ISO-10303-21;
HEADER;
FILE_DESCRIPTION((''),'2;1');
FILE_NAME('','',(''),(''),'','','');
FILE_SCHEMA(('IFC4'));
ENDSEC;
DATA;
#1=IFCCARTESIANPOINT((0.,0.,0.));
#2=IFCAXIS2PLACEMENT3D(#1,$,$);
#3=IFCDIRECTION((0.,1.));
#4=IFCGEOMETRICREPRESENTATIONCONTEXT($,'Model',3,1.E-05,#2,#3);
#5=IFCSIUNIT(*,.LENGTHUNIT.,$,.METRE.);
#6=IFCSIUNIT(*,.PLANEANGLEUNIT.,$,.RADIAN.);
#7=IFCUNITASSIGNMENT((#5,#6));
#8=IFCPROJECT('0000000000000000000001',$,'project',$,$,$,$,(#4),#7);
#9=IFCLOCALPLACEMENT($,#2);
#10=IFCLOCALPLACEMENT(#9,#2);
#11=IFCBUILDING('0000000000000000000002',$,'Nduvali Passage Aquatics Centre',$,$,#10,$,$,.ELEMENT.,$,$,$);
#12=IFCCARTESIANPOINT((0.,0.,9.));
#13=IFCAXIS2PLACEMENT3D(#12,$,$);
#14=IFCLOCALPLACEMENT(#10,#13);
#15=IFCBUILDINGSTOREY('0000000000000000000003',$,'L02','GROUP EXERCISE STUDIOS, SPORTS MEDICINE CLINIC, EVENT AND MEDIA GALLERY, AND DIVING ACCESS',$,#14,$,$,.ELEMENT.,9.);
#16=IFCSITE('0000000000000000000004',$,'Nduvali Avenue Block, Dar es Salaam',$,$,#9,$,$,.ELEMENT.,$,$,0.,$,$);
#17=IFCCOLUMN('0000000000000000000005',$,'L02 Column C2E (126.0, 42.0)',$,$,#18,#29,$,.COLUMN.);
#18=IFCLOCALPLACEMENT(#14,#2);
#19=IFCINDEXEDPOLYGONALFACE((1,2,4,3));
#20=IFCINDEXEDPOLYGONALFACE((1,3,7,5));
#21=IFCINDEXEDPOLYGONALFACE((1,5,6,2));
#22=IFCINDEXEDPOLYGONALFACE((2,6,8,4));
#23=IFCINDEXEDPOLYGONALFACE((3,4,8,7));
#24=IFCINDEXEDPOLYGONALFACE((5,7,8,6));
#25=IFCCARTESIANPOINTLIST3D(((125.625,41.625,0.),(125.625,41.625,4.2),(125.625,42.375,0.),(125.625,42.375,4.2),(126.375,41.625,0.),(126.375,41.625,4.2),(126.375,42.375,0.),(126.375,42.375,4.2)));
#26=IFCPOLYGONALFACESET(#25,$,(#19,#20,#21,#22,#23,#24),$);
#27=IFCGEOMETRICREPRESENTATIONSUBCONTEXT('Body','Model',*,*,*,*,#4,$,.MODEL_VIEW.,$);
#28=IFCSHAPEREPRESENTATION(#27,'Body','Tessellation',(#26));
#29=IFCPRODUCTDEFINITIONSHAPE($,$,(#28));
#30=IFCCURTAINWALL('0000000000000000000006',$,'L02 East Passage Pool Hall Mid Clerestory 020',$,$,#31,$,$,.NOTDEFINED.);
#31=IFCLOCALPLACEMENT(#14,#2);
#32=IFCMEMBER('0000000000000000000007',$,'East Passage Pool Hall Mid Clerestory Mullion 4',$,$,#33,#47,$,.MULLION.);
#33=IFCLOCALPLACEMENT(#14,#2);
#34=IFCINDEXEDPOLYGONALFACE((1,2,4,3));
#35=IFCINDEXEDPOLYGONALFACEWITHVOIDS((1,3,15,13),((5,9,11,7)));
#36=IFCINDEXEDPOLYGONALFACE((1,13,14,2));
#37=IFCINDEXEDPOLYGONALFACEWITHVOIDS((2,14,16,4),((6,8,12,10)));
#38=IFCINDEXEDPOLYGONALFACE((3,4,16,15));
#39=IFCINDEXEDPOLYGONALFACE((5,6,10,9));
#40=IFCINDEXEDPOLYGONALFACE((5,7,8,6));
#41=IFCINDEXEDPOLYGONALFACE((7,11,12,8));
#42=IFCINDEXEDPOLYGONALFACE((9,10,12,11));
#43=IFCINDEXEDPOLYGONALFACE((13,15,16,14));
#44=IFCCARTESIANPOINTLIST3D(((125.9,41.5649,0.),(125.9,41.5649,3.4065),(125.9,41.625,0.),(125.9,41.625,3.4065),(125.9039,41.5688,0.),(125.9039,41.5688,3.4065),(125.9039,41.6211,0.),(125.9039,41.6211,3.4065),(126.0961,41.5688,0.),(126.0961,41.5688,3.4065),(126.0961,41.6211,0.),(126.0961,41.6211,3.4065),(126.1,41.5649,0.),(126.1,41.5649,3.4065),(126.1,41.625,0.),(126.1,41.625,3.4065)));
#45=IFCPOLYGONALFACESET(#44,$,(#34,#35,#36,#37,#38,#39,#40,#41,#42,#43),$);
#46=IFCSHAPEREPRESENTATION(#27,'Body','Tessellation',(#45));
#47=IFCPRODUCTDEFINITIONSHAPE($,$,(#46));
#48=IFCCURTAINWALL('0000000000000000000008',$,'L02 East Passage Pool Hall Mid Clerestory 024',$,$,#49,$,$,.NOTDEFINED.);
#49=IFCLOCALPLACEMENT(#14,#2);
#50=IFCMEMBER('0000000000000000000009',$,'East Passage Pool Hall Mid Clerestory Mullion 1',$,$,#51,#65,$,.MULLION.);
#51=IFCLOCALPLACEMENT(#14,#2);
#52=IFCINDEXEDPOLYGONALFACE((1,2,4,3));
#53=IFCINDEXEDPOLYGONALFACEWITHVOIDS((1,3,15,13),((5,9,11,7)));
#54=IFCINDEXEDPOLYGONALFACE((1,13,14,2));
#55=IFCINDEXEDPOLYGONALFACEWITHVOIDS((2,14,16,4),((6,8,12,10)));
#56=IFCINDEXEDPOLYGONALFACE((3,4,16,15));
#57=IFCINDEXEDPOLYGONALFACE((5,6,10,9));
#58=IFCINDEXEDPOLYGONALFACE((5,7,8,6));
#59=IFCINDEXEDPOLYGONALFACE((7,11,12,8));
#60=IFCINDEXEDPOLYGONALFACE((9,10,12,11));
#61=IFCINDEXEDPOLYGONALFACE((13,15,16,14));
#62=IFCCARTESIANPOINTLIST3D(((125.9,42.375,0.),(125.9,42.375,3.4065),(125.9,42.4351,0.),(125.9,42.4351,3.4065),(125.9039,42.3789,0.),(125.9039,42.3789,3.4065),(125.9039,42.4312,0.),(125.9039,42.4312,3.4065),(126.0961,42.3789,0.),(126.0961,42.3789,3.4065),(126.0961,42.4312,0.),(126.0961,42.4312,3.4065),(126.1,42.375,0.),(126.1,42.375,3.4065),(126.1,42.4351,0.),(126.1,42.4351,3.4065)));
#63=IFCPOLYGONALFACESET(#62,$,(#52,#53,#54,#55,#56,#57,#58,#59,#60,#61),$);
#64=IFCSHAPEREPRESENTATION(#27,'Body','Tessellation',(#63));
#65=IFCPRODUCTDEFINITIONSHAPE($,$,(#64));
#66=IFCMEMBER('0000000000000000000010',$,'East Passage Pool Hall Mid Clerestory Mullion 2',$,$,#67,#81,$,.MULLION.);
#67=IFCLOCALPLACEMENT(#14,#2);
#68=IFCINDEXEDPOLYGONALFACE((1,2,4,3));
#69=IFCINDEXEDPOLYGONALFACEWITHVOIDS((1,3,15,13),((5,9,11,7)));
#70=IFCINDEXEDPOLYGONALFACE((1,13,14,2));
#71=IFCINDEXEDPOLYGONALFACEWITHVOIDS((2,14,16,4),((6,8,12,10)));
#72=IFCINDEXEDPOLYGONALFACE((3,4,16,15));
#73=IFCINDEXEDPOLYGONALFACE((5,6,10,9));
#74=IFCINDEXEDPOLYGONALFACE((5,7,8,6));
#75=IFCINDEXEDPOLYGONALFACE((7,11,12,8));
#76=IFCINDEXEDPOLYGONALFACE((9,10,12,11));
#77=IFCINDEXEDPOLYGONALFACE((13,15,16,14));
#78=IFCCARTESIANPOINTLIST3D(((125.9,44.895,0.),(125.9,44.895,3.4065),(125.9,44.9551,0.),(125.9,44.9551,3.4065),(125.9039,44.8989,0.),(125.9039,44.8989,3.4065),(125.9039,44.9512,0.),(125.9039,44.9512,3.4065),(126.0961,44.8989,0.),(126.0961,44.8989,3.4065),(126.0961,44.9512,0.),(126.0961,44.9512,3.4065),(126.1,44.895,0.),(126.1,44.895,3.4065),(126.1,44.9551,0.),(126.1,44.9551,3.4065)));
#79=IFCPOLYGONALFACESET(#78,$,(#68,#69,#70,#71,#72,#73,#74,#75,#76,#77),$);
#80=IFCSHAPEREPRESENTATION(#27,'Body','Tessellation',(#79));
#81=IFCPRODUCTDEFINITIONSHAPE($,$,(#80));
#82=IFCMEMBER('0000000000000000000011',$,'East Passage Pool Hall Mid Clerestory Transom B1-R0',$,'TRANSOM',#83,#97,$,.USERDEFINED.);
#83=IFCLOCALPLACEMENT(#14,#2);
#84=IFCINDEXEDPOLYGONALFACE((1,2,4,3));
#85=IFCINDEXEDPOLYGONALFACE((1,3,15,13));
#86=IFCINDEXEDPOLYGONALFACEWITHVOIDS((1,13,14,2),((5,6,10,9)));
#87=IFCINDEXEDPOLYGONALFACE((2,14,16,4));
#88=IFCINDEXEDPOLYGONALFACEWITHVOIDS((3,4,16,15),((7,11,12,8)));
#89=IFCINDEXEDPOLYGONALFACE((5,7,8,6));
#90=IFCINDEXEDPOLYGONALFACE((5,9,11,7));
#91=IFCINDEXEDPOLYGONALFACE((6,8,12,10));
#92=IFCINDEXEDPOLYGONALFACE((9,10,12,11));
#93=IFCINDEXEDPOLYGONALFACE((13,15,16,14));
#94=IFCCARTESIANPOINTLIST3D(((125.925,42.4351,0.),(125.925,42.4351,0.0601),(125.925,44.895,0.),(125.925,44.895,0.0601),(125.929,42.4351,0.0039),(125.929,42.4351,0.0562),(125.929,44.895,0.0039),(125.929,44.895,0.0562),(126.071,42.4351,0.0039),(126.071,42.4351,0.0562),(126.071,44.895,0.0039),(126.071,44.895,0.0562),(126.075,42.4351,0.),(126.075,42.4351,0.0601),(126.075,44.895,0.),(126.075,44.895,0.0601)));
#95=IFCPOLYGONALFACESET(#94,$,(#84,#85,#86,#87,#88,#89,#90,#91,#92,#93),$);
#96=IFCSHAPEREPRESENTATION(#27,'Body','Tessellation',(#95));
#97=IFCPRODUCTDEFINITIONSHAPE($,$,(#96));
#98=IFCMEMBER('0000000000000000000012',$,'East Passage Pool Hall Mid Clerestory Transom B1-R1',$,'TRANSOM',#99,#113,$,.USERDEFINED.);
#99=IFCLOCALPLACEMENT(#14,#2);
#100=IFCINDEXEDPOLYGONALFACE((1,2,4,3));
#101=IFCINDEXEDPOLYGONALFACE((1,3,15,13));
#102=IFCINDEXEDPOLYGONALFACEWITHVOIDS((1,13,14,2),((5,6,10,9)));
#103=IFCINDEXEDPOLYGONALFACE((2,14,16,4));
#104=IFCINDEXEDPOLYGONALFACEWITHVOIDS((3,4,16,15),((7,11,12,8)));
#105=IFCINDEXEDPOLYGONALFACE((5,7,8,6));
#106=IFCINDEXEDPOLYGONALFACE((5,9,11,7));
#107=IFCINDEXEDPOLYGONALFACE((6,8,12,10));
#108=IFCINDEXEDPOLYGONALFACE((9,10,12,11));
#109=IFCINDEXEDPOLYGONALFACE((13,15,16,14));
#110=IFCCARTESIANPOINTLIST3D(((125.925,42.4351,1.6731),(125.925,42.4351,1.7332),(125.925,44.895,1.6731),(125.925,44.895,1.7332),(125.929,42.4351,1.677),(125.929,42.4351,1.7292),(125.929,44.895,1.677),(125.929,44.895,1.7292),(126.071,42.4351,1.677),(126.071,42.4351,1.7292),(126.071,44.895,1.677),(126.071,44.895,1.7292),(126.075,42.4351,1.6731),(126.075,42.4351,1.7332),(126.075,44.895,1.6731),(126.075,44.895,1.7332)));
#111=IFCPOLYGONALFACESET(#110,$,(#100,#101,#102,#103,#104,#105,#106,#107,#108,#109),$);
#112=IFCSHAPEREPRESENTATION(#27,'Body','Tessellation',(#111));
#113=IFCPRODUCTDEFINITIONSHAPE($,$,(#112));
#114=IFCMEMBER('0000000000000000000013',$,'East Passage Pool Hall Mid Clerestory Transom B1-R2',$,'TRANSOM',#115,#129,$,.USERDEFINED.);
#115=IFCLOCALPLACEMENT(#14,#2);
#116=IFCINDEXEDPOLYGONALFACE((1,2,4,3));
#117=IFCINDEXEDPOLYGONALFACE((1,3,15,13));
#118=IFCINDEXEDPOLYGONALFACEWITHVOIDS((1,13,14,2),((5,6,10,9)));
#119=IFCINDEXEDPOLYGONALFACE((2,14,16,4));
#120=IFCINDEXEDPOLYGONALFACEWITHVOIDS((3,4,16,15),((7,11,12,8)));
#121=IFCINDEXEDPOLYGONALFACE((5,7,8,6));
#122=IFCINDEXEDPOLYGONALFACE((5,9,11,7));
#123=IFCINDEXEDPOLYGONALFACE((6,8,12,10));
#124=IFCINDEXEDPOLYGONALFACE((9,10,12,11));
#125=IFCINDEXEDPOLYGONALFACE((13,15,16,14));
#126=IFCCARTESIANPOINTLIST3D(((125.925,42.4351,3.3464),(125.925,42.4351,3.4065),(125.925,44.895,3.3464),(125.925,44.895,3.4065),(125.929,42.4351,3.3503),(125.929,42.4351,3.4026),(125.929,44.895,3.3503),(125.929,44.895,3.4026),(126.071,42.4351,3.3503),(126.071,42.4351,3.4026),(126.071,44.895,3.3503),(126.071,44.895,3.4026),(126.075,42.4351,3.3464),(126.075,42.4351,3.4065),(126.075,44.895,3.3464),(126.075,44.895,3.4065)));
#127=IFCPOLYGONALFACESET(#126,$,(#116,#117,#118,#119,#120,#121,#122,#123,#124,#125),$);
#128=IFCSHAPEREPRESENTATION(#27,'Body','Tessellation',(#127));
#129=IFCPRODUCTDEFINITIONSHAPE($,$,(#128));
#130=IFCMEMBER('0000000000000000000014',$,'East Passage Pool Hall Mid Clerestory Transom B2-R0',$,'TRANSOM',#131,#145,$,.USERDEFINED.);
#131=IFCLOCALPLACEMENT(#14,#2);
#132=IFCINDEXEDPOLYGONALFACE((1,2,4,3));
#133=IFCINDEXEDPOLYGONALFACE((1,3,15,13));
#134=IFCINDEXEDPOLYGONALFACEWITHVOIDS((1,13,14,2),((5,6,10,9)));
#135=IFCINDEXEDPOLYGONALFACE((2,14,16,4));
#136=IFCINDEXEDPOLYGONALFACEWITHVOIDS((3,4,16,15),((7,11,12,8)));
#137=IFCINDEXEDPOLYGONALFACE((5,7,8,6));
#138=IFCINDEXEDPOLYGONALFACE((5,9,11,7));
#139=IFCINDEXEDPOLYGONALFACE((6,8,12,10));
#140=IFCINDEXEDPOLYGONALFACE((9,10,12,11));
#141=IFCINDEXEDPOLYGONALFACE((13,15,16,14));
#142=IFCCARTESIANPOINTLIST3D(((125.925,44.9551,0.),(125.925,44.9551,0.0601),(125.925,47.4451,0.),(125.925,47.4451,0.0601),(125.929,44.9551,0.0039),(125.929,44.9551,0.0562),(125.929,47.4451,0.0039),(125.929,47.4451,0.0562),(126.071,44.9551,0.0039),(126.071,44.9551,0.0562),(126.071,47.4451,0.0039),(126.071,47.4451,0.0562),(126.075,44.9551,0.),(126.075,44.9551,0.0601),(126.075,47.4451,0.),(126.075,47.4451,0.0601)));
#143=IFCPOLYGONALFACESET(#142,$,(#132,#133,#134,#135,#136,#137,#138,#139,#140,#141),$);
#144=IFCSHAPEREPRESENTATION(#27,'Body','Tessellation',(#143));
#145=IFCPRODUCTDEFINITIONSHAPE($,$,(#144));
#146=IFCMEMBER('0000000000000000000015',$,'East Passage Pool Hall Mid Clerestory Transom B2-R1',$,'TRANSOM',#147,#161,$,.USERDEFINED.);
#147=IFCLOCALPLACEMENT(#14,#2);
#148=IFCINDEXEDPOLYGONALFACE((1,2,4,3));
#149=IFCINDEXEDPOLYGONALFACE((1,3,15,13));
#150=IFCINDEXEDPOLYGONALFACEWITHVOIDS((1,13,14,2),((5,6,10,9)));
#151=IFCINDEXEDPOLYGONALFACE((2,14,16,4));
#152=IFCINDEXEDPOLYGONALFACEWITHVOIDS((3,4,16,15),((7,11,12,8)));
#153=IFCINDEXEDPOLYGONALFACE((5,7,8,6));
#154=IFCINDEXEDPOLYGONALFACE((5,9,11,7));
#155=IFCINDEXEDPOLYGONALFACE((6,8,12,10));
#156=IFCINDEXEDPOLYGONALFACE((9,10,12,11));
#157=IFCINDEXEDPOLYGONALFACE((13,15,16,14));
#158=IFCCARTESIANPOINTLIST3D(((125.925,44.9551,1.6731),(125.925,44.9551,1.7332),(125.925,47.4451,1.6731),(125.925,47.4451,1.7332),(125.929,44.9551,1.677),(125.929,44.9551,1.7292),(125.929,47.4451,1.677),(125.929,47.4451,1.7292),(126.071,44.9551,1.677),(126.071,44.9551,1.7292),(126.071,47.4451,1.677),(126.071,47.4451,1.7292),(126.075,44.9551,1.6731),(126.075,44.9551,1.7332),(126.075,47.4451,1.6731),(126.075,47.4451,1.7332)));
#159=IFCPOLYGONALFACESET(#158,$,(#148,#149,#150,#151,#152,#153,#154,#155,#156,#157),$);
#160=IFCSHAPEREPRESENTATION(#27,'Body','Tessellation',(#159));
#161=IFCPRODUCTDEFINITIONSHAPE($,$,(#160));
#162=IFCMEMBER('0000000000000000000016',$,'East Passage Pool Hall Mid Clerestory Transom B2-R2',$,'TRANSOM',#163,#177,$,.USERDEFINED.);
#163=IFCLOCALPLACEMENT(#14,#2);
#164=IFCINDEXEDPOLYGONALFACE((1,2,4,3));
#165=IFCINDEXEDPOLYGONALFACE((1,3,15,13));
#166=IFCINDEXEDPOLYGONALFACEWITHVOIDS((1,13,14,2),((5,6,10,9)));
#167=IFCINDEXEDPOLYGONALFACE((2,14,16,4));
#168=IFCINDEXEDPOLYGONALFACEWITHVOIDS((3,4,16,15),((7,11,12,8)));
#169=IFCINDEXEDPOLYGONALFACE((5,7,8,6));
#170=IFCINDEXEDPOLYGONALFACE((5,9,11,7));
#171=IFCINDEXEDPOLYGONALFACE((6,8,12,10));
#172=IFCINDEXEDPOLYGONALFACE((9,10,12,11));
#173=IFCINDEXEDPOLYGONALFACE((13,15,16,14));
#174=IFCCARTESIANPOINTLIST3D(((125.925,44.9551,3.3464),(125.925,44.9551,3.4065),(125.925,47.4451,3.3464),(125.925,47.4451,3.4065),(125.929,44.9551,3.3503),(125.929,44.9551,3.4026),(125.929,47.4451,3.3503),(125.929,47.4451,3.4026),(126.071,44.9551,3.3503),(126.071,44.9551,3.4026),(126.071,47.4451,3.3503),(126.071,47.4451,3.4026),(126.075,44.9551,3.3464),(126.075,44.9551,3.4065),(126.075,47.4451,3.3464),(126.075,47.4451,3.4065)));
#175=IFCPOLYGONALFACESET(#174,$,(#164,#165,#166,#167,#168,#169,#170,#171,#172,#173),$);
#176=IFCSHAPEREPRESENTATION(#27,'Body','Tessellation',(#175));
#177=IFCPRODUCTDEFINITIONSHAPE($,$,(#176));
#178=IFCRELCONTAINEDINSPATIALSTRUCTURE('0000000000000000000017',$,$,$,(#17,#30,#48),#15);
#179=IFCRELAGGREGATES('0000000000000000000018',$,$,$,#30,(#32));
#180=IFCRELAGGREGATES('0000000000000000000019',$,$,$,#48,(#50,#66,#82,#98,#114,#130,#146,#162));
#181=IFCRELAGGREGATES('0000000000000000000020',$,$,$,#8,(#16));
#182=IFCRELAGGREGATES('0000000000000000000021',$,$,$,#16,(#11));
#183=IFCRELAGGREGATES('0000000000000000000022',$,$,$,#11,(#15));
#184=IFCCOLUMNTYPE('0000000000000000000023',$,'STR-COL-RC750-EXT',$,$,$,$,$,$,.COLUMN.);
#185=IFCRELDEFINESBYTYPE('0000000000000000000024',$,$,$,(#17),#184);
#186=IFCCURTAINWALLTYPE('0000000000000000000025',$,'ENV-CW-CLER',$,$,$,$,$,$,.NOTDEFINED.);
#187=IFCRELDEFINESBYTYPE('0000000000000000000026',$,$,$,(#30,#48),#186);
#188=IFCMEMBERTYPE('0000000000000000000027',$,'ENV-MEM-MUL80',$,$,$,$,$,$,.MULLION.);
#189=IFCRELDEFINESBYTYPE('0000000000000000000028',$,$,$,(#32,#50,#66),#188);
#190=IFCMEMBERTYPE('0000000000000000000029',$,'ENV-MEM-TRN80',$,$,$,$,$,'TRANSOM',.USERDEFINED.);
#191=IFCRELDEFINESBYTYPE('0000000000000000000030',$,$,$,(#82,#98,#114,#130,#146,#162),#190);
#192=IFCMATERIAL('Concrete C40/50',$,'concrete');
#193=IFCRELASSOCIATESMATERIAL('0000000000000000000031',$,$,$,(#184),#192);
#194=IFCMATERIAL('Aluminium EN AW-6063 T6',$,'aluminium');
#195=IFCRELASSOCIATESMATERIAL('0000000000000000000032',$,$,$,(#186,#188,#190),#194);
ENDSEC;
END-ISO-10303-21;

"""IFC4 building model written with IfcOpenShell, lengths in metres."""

from ifc_helpers import new_model, si_unit, direction, frame, origin, origin_2d, place, context, subcontext, project, spatial, rectangle, hollow_rectangle, extrude, material, material_profile, profile_set, type_object, element, aggregate, save


model = new_model("IFC4")

# Units and contexts
model_context = context("Model", 3, precision=1e-05, world=origin(), true_north=direction((0.0, 1.0)))
body_context = subcontext(model_context, "Body", "Model", "MODEL_VIEW")
ifc_project = project(units=[si_unit("LENGTHUNIT", "METRE"), si_unit("PLANEANGLEUNIT", "RADIAN")], contexts=[model_context])

# Site, building, storey
site_placement = place(None, origin())
site = spatial("IfcSite", under=ifc_project, at=site_placement, Name="Nduvali Avenue Block, Dar es Salaam", CompositionType="ELEMENT", RefElevation=0.0)
building_placement = place(site_placement, origin())
building = spatial("IfcBuilding", under=site, at=building_placement, Name="Nduvali Passage Aquatics Centre", CompositionType="ELEMENT")
storey_placement = place(building_placement, frame((0.0, 0.0, 9.0)))
storey = spatial("IfcBuildingStorey", under=building, at=storey_placement, Name="L02", Description="GROUP EXERCISE STUDIOS, SPORTS MEDICINE CLINIC, EVENT AND MEDIA GALLERY, AND DIVING ACCESS", CompositionType="ELEMENT", Elevation=9.0)

# Column
ifc_material_1 = material(Name="Concrete C40/50", Category="concrete")
ifc_material_profile_1 = material_profile(ifc_material_1, rectangle(XDim=0.75, YDim=0.75, at=origin_2d()), Name="RC 750x750")
ifc_profile_set_1 = profile_set([ifc_material_profile_1], Name="Concrete C40/50")
column_type = type_object("IfcColumnType", Name="STR-COL-RC750-EXT", PredefinedType="COLUMN", material=ifc_profile_set_1)
column_placement = place(storey_placement, frame((126.0, 42.0, 0.0), z_axis=(0.0, 0.0, 1.0), x_axis=(1.0, 0.0, 0.0)))
element("IfcColumn", 1, at=column_placement, inside=storey, type_object=column_type, Name="L02 Column C2E (126.0, 42.0)", PredefinedType="COLUMN", context=body_context, shape_type="SweptSolid", body=[
    extrude(rectangle(XDim=0.75, YDim=0.75, at=origin_2d()), origin(), (0.0, 0.0, 1.0), 4.2),
])

# Curtain wall, member
ifc_material_2 = material(Name="Aluminium EN AW-6063 T6", Category="aluminium")
curtain_wall_type = type_object("IfcCurtainWallType", Name="ENV-CW-CLER", PredefinedType="NOTDEFINED", material=ifc_material_2)
curtain_wall_1_placement = place(storey_placement, origin())
curtain_wall_1 = element("IfcCurtainWall", 2, at=curtain_wall_1_placement, inside=storey, type_object=curtain_wall_type, Name="L02 East Passage Pool Hall Mid Clerestory 020", PredefinedType="NOTDEFINED")
ifc_material_profile_2 = material_profile(ifc_material_2, hollow_rectangle(XDim=0.0601, YDim=0.2, WallThickness=0.0039, at=origin_2d()), Name="ALU MULLION 60x200x4")
ifc_profile_set_2 = profile_set([ifc_material_profile_2], Name="Aluminium EN AW-6063 T6")
member_type_1 = type_object("IfcMemberType", Name="ENV-MEM-MUL80", PredefinedType="MULLION", material=ifc_profile_set_2)
member_1_placement = place(storey_placement, frame((126.0, 41.595, 0.0), z_axis=(0.0, 0.0, 1.0), x_axis=(0.0, 1.0, 0.0)))
member_1 = element("IfcMember", 3, at=member_1_placement, type_object=member_type_1, Name="East Passage Pool Hall Mid Clerestory Mullion 4", PredefinedType="MULLION", context=body_context, shape_type="SweptSolid", body=[
    extrude(hollow_rectangle(XDim=0.0601, YDim=0.2, WallThickness=0.0039, at=origin_2d()), origin(), (0.0, 0.0, 1.0), 3.4065),
])

# Curtain wall, members
curtain_wall_2_placement = place(storey_placement, origin())
curtain_wall_2 = element("IfcCurtainWall", 4, at=curtain_wall_2_placement, inside=storey, type_object=curtain_wall_type, Name="L02 East Passage Pool Hall Mid Clerestory 024", PredefinedType="NOTDEFINED")
member_2_placement = place(storey_placement, frame((126.0, 42.405, 0.0), z_axis=(0.0, 0.0, 1.0), x_axis=(0.0, 1.0, 0.0)))
member_2 = element("IfcMember", 5, at=member_2_placement, type_object=member_type_1, Name="East Passage Pool Hall Mid Clerestory Mullion 1", PredefinedType="MULLION", context=body_context, shape_type="SweptSolid", body=[
    extrude(hollow_rectangle(XDim=0.0601, YDim=0.2, WallThickness=0.0039, at=origin_2d()), origin(), (0.0, 0.0, 1.0), 3.4065),
])
member_3_placement = place(storey_placement, frame((126.0, 44.925, 0.0), z_axis=(0.0, 0.0, 1.0), x_axis=(0.0, 1.0, 0.0)))
member_3 = element("IfcMember", 6, at=member_3_placement, type_object=member_type_1, Name="East Passage Pool Hall Mid Clerestory Mullion 2", PredefinedType="MULLION", context=body_context, shape_type="SweptSolid", body=[
    extrude(hollow_rectangle(XDim=0.0601, YDim=0.2, WallThickness=0.0039, at=origin_2d()), origin(), (0.0, 0.0, 1.0), 3.4065),
])
ifc_material_profile_3 = material_profile(ifc_material_2, hollow_rectangle(XDim=0.1499, YDim=0.0601, WallThickness=0.0039, at=origin_2d()), Name="ALU TRANSOM 150x60x4")
ifc_profile_set_3 = profile_set([ifc_material_profile_3], Name="Aluminium EN AW-6063 T6")
member_type_2 = type_object("IfcMemberType", Name="ENV-MEM-TRN80", ElementType="TRANSOM", PredefinedType="USERDEFINED", material=ifc_profile_set_3)
member_4_placement = place(storey_placement, frame((126.0, 42.4351, 0.03), z_axis=(0.0, 1.0, 0.0), x_axis=(-1.0, 0.0, 0.0)))
member_4 = element("IfcMember", 7, at=member_4_placement, type_object=member_type_2, Name="East Passage Pool Hall Mid Clerestory Transom B1-R0", ObjectType="TRANSOM", PredefinedType="USERDEFINED", context=body_context, shape_type="SweptSolid", body=[
    extrude(hollow_rectangle(XDim=0.1499, YDim=0.0601, WallThickness=0.0039, at=origin_2d()), origin(), (0.0, 0.0, 1.0), 2.46),
])
member_5_placement = place(storey_placement, frame((126.0, 42.4351, 1.7031), z_axis=(0.0, 1.0, 0.0), x_axis=(-1.0, 0.0, 0.0)))
member_5 = element("IfcMember", 8, at=member_5_placement, type_object=member_type_2, Name="East Passage Pool Hall Mid Clerestory Transom B1-R1", ObjectType="TRANSOM", PredefinedType="USERDEFINED", context=body_context, shape_type="SweptSolid", body=[
    extrude(hollow_rectangle(XDim=0.1499, YDim=0.0601, WallThickness=0.0039, at=origin_2d()), origin(), (0.0, 0.0, 1.0), 2.46),
])
member_6_placement = place(storey_placement, frame((126.0, 42.4351, 3.3765), z_axis=(0.0, 1.0, 0.0), x_axis=(-1.0, 0.0, 0.0)))
member_6 = element("IfcMember", 9, at=member_6_placement, type_object=member_type_2, Name="East Passage Pool Hall Mid Clerestory Transom B1-R2", ObjectType="TRANSOM", PredefinedType="USERDEFINED", context=body_context, shape_type="SweptSolid", body=[
    extrude(hollow_rectangle(XDim=0.1499, YDim=0.0601, WallThickness=0.0039, at=origin_2d()), origin(), (0.0, 0.0, 1.0), 2.46),
])
member_7_placement = place(storey_placement, frame((126.0, 44.9551, 0.03), z_axis=(0.0, 1.0, 0.0), x_axis=(-1.0, 0.0, 0.0)))
member_7 = element("IfcMember", 10, at=member_7_placement, type_object=member_type_2, Name="East Passage Pool Hall Mid Clerestory Transom B2-R0", ObjectType="TRANSOM", PredefinedType="USERDEFINED", context=body_context, shape_type="SweptSolid", body=[
    extrude(hollow_rectangle(XDim=0.1499, YDim=0.0601, WallThickness=0.0039, at=origin_2d()), origin(), (0.0, 0.0, 1.0), 2.49),
])
member_8_placement = place(storey_placement, frame((126.0, 44.9551, 1.7031), z_axis=(0.0, 1.0, 0.0), x_axis=(-1.0, 0.0, 0.0)))
member_8 = element("IfcMember", 11, at=member_8_placement, type_object=member_type_2, Name="East Passage Pool Hall Mid Clerestory Transom B2-R1", ObjectType="TRANSOM", PredefinedType="USERDEFINED", context=body_context, shape_type="SweptSolid", body=[
    extrude(hollow_rectangle(XDim=0.1499, YDim=0.0601, WallThickness=0.0039, at=origin_2d()), origin(), (0.0, 0.0, 1.0), 2.49),
])
member_9_placement = place(storey_placement, frame((126.0, 44.9551, 3.3765), z_axis=(0.0, 1.0, 0.0), x_axis=(-1.0, 0.0, 0.0)))
member_9 = element("IfcMember", 12, at=member_9_placement, type_object=member_type_2, Name="East Passage Pool Hall Mid Clerestory Transom B2-R2", ObjectType="TRANSOM", PredefinedType="USERDEFINED", context=body_context, shape_type="SweptSolid", body=[
    extrude(hollow_rectangle(XDim=0.1499, YDim=0.0601, WallThickness=0.0039, at=origin_2d()), origin(), (0.0, 0.0, 1.0), 2.49),
])

aggregate(curtain_wall_1, [member_1])
aggregate(curtain_wall_2, [member_2, member_3, member_4, member_5, member_6, member_7, member_8, member_9])

save(model, "model.ifc")
